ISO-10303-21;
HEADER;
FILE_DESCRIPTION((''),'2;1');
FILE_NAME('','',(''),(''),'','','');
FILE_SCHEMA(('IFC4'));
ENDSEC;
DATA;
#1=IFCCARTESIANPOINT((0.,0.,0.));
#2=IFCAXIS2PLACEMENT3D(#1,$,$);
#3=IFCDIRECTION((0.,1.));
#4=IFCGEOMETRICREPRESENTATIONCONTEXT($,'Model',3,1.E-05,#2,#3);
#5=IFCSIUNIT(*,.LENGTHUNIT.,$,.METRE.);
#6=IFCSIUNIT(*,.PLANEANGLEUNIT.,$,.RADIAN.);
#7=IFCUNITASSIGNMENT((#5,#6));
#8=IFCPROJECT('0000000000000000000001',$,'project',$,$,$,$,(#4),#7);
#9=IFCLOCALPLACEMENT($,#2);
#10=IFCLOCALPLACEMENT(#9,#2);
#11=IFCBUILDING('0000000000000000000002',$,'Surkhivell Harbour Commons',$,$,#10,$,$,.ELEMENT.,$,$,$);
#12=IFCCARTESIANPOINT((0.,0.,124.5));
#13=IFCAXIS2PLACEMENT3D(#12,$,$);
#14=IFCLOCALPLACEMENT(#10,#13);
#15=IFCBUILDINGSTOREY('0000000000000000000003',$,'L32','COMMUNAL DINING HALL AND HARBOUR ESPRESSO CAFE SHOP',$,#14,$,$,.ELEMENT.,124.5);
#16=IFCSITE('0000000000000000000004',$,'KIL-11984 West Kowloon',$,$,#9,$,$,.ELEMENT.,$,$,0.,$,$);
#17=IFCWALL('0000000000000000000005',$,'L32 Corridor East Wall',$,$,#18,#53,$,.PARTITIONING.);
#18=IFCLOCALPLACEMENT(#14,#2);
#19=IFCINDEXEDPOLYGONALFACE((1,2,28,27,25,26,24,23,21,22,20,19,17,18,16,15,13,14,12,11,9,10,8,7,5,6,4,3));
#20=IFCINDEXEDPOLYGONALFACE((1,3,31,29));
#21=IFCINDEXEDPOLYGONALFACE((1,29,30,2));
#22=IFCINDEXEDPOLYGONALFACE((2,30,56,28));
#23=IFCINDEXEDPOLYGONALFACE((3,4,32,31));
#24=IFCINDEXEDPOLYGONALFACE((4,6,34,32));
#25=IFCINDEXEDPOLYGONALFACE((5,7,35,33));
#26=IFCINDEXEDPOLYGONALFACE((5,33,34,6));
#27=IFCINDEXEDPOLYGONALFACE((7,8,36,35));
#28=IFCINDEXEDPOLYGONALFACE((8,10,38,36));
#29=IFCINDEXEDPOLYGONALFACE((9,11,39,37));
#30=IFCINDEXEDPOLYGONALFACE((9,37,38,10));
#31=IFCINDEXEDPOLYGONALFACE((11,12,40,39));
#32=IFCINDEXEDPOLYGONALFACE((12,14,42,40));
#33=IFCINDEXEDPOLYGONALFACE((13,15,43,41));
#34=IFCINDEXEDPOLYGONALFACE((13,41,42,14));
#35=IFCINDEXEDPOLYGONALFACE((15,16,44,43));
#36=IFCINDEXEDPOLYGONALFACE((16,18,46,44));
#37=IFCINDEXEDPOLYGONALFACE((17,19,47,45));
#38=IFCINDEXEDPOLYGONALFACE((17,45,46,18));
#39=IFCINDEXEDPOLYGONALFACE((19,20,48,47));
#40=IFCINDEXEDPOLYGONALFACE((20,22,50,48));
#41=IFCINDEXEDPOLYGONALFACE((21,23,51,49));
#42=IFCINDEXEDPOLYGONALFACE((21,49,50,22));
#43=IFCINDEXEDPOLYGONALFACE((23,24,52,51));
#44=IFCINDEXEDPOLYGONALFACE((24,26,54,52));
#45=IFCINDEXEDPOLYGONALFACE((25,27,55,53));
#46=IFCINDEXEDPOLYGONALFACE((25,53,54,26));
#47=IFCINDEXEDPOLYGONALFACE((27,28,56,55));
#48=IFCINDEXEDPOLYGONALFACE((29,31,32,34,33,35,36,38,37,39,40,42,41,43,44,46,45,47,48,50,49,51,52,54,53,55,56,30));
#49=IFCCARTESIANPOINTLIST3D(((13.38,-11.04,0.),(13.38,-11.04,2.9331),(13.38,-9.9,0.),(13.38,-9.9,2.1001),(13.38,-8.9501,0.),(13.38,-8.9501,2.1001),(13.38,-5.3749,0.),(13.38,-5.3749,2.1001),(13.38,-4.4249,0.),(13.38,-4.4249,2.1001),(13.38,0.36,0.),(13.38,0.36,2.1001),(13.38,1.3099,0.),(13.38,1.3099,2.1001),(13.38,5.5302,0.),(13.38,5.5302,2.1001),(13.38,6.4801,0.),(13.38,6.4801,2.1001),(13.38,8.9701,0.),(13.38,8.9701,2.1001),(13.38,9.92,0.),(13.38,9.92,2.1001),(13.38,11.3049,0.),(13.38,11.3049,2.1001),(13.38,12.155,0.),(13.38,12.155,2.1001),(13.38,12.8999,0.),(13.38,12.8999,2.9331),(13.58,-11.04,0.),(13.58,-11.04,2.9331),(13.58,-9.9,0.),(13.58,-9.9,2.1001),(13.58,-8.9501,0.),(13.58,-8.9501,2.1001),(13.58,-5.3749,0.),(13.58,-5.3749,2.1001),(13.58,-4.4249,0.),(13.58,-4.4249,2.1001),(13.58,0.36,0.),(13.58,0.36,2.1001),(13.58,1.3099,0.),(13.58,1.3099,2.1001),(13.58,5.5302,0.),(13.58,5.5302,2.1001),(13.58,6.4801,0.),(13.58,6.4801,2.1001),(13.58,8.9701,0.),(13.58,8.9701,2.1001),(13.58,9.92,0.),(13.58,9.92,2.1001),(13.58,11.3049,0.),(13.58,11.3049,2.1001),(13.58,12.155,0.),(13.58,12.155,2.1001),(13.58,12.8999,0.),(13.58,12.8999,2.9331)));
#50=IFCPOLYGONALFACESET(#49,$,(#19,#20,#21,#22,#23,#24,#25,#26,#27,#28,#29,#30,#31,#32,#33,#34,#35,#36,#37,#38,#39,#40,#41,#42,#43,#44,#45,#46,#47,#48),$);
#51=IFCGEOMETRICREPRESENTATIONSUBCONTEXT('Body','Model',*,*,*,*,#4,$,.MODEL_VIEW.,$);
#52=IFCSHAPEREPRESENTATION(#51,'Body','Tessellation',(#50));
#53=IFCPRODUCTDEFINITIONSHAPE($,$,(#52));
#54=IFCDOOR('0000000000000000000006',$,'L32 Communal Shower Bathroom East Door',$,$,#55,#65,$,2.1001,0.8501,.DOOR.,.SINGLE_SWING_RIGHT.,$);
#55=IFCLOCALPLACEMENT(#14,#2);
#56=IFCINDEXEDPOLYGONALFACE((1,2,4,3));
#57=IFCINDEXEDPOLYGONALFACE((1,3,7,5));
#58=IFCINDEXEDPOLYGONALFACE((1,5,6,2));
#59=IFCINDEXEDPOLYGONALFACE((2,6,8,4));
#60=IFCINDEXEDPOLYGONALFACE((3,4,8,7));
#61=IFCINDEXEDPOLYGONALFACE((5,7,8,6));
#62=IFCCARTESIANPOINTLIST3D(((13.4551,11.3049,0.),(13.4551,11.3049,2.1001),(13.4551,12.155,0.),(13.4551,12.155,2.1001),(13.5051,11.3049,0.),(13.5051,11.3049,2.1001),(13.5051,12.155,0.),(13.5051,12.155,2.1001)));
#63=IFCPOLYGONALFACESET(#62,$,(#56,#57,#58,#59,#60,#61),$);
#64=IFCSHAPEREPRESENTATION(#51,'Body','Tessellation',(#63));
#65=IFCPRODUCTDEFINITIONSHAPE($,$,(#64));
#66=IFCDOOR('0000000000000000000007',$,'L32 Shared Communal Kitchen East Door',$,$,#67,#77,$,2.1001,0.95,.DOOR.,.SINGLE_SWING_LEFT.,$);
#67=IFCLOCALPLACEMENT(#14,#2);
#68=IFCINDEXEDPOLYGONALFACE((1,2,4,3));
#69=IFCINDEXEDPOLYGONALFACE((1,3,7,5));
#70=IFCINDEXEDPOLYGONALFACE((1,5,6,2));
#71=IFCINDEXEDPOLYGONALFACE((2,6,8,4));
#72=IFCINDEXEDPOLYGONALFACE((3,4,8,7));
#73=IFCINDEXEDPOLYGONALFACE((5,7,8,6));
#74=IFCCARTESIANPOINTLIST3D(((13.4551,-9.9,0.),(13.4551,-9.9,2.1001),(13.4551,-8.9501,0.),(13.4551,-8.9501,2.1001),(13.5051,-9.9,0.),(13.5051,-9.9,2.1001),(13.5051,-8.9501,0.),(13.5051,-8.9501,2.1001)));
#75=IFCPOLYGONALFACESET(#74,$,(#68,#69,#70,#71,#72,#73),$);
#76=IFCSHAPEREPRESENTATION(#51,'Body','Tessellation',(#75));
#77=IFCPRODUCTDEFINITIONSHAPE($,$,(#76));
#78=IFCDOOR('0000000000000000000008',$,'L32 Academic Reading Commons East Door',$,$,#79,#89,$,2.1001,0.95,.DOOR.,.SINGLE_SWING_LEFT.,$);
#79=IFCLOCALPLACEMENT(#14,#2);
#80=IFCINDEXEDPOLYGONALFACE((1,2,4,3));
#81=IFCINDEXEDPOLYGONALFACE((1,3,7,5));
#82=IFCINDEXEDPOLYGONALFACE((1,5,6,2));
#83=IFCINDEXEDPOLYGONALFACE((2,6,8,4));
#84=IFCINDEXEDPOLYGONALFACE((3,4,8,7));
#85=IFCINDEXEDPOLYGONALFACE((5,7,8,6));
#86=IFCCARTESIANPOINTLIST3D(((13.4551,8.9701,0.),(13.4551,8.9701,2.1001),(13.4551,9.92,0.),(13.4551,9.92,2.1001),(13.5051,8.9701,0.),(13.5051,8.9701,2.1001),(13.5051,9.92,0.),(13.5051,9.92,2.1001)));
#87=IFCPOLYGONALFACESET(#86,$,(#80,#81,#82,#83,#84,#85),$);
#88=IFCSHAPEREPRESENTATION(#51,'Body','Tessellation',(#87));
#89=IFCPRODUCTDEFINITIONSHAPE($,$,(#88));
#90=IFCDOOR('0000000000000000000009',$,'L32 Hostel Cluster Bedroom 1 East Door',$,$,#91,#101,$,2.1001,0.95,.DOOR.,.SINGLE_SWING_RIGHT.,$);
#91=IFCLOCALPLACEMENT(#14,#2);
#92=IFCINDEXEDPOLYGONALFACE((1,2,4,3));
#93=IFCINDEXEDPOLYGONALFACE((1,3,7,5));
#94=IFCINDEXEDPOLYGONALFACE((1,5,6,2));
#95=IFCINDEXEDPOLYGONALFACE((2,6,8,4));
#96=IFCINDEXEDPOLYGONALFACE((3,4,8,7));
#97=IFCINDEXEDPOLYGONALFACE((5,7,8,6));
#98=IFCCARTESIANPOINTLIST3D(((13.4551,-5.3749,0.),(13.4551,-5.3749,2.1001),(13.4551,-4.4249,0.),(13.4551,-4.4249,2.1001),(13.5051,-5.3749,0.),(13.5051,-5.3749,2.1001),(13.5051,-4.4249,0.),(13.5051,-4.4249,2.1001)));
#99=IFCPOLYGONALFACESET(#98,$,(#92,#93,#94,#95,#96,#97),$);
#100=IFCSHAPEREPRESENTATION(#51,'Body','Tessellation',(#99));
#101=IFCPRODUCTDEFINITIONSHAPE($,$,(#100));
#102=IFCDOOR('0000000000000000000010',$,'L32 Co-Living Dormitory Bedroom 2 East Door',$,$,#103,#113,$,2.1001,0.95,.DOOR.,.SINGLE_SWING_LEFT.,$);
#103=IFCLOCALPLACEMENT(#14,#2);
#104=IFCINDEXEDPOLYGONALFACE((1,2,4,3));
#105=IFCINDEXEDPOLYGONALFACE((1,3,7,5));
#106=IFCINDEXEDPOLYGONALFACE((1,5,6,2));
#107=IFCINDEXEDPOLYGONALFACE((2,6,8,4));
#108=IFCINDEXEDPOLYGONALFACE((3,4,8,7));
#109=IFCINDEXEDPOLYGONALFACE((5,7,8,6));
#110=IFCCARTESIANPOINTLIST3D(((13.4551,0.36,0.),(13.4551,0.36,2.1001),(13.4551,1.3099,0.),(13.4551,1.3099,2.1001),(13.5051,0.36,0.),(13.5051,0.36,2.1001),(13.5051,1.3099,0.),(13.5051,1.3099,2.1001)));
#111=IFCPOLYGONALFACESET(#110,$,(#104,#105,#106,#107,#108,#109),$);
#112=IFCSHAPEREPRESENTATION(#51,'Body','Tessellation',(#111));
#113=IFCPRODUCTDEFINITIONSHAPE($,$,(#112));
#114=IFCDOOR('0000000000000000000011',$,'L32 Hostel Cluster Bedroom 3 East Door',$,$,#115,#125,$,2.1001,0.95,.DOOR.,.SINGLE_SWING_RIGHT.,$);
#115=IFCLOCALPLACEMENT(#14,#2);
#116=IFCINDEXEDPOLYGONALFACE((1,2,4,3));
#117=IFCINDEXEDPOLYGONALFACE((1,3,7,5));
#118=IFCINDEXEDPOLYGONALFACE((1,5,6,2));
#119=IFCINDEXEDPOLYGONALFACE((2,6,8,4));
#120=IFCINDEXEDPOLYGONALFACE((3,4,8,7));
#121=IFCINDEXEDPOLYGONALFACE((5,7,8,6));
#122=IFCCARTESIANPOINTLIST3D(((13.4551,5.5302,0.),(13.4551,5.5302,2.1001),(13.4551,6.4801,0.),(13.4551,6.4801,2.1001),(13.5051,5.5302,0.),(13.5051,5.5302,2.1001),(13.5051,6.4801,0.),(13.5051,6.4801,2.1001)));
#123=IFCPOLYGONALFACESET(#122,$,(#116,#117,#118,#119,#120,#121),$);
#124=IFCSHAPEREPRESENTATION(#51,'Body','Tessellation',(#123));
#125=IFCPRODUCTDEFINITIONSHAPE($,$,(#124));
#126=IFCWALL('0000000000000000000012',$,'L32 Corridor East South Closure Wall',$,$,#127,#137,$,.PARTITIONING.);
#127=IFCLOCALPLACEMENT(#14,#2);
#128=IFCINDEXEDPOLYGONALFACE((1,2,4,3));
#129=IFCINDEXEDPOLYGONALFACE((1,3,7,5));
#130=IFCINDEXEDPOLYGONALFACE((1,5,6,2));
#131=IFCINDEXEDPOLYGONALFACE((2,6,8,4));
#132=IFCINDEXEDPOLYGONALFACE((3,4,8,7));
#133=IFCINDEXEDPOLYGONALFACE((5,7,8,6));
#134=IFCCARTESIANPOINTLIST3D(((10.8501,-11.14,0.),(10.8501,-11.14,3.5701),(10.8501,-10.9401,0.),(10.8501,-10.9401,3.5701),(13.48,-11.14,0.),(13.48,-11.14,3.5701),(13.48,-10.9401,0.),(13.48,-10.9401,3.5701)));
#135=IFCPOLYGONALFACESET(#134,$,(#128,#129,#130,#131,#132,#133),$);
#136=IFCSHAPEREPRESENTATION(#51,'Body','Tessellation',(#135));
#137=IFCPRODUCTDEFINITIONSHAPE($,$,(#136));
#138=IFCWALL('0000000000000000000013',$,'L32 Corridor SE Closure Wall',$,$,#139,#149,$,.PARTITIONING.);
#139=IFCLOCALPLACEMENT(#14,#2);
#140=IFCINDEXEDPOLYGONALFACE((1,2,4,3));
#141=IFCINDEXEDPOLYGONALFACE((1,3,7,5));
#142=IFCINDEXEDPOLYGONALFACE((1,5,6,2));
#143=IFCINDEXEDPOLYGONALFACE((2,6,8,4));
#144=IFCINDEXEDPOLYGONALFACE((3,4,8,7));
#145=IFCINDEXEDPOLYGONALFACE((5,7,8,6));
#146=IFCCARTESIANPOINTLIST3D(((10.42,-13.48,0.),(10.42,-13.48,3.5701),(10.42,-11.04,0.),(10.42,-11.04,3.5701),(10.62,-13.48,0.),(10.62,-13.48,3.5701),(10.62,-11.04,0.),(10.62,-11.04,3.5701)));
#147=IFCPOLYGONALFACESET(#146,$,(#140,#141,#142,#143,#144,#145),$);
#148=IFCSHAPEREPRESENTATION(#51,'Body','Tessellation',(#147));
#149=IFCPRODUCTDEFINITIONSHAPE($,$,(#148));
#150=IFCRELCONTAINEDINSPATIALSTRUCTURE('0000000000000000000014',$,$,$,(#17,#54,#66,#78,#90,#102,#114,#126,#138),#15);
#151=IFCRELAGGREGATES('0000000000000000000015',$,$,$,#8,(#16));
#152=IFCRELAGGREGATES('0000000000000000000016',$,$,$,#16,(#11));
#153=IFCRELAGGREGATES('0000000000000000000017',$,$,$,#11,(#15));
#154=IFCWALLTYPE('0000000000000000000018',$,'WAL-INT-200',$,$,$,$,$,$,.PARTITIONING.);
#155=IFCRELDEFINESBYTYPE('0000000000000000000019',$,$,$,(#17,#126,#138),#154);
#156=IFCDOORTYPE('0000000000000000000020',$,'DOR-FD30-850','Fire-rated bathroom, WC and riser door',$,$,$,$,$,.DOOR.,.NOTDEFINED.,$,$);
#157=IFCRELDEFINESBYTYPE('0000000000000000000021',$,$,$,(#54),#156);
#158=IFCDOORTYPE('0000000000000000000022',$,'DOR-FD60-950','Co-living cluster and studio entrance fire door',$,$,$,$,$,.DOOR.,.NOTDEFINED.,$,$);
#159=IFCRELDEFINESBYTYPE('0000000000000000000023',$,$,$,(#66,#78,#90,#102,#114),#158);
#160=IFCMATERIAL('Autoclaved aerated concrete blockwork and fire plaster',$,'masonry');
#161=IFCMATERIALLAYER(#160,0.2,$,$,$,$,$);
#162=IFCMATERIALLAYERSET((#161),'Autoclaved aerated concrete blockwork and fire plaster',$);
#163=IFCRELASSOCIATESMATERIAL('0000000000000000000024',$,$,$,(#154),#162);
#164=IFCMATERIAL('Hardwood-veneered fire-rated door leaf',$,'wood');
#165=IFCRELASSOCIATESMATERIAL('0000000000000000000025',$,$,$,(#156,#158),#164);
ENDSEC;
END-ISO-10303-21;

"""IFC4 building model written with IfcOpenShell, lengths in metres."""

from ifc_helpers import new_model, si_unit, direction, frame, frame_2d, origin, place, context, subcontext, project, spatial, rectangle, extrude, material, layer, layer_set, type_object, element, fill, save


model = new_model("IFC4")

# Units and contexts
model_context = context("Model", 3, precision=1e-05, world=origin(), true_north=direction((0.0, 1.0)))
body_context = subcontext(model_context, "Body", "Model", "MODEL_VIEW")
ifc_project = project(units=[si_unit("LENGTHUNIT", "METRE"), si_unit("PLANEANGLEUNIT", "RADIAN")], contexts=[model_context])

# Site, building, storey
site_placement = place(None, origin())
site = spatial("IfcSite", under=ifc_project, at=site_placement, Name="KIL-11984 West Kowloon", CompositionType="ELEMENT", RefElevation=0.0)
building_placement = place(site_placement, origin())
building = spatial("IfcBuilding", under=site, at=building_placement, Name="Surkhivell Harbour Commons", CompositionType="ELEMENT")
storey_placement = place(building_placement, frame((0.0, 0.0, 124.5)))
storey = spatial("IfcBuildingStorey", under=building, at=storey_placement, Name="L32", Description="COMMUNAL DINING HALL AND HARBOUR ESPRESSO CAFE SHOP", CompositionType="ELEMENT", Elevation=124.5)

# Shared definitions
ifc_material_1 = material(Name="Autoclaved aerated concrete blockwork and fire plaster", Category="masonry")
ifc_layer_1 = layer(ifc_material_1, 0.2)
ifc_layer_set_1 = layer_set([ifc_layer_1], Name="Autoclaved aerated concrete blockwork and fire plaster")
wall_type_1 = type_object("IfcWallType", Name="WAL-INT-200", PredefinedType="PARTITIONING", material=ifc_layer_set_1)

# Wall, openings, doors
wall_1_placement = place(storey_placement, frame((13.48, -11.04, 0.0), z_axis=(0.0, 0.0, 1.0), x_axis=(0.0, 1.0, 0.0)))
wall_1 = element("IfcWall", 1, at=wall_1_placement, inside=storey, type_object=wall_type_1, Name="L32 Corridor East Wall", PredefinedType="PARTITIONING", context=body_context, shape_type="SweptSolid", body=[
    extrude(rectangle(XDim=23.9399, YDim=0.2, at=frame_2d((11.97, 0.0))), origin(), (0.0, 0.0, 1.0), 2.9331),
])
opening_1_placement = place(wall_1_placement, frame((1.1399, 0.0, 0.0)))
opening_1 = element("IfcOpeningElement", 2, at=opening_1_placement, cuts=wall_1, PredefinedType="OPENING", context=body_context, shape_type="SweptSolid", body=[
    extrude(rectangle(XDim=0.95, YDim=2.1001, at=frame_2d((0.4751, 1.05))), frame((0.0, 0.1099, 0.0), z_axis=(0.0, -1.0, 0.0), x_axis=(1.0, 0.0, 0.0)), (0.0, 0.0, 1.0), 0.22),
])
opening_2_placement = place(wall_1_placement, frame((22.345, 0.0, 0.0)))
opening_2 = element("IfcOpeningElement", 3, at=opening_2_placement, cuts=wall_1, PredefinedType="OPENING", context=body_context, shape_type="SweptSolid", body=[
    extrude(rectangle(XDim=0.8501, YDim=2.1001, at=frame_2d((0.425, 1.05))), frame((0.0, 0.1099, 0.0), z_axis=(0.0, -1.0, 0.0), x_axis=(1.0, 0.0, 0.0)), (0.0, 0.0, 1.0), 0.22),
])
opening_3_placement = place(wall_1_placement, frame((20.01, 0.0, 0.0)))
opening_3 = element("IfcOpeningElement", 4, at=opening_3_placement, cuts=wall_1, PredefinedType="OPENING", context=body_context, shape_type="SweptSolid", body=[
    extrude(rectangle(XDim=0.95, YDim=2.1001, at=frame_2d((0.4751, 1.05))), frame((0.0, 0.1099, 0.0), z_axis=(0.0, -1.0, 0.0), x_axis=(1.0, 0.0, 0.0)), (0.0, 0.0, 1.0), 0.22),
])
opening_4_placement = place(wall_1_placement, frame((5.665, 0.0, 0.0)))
opening_4 = element("IfcOpeningElement", 5, at=opening_4_placement, cuts=wall_1, PredefinedType="OPENING", context=body_context, shape_type="SweptSolid", body=[
    extrude(rectangle(XDim=0.95, YDim=2.1001, at=frame_2d((0.4751, 1.05))), frame((0.0, 0.1099, 0.0), z_axis=(0.0, -1.0, 0.0), x_axis=(1.0, 0.0, 0.0)), (0.0, 0.0, 1.0), 0.22),
])
opening_5_placement = place(wall_1_placement, frame((11.3999, 0.0, 0.0)))
opening_5 = element("IfcOpeningElement", 6, at=opening_5_placement, cuts=wall_1, PredefinedType="OPENING", context=body_context, shape_type="SweptSolid", body=[
    extrude(rectangle(XDim=0.95, YDim=2.1001, at=frame_2d((0.4751, 1.05))), frame((0.0, 0.1099, 0.0), z_axis=(0.0, -1.0, 0.0), x_axis=(1.0, 0.0, 0.0)), (0.0, 0.0, 1.0), 0.22),
])
opening_6_placement = place(wall_1_placement, frame((16.5701, 0.0, 0.0)))
opening_6 = element("IfcOpeningElement", 7, at=opening_6_placement, cuts=wall_1, PredefinedType="OPENING", context=body_context, shape_type="SweptSolid", body=[
    extrude(rectangle(XDim=0.95, YDim=2.1001, at=frame_2d((0.4751, 1.05))), frame((0.0, 0.1099, 0.0), z_axis=(0.0, -1.0, 0.0), x_axis=(1.0, 0.0, 0.0)), (0.0, 0.0, 1.0), 0.22),
])
ifc_material_2 = material(Name="Hardwood-veneered fire-rated door leaf", Category="wood")
door_type_1 = type_object("IfcDoorType", Name="DOR-FD30-850", Description="Fire-rated bathroom, WC and riser door", OperationType="NOTDEFINED", PredefinedType="DOOR", material=ifc_material_2)
door_1_placement = place(opening_2_placement, origin())
door_1 = element("IfcDoor", 8, at=door_1_placement, inside=storey, type_object=door_type_1, Name="L32 Communal Shower Bathroom East Door", OperationType="SINGLE_SWING_RIGHT", OverallHeight=2.1001, OverallWidth=0.8501, PredefinedType="DOOR", context=body_context, shape_type="SweptSolid", body=[
    extrude(rectangle(XDim=0.8501, YDim=2.1001, at=frame_2d((0.425, 1.05))), frame((0.0, 0.0249, 0.0), z_axis=(0.0, -1.0, 0.0), x_axis=(1.0, 0.0, 0.0)), (0.0, 0.0, 1.0), 0.05),
])
fill(opening_2, door_1)
door_type_2 = type_object("IfcDoorType", Name="DOR-FD60-950", Description="Co-living cluster and studio entrance fire door", OperationType="NOTDEFINED", PredefinedType="DOOR", material=ifc_material_2)
door_2_placement = place(opening_1_placement, origin())
door_2 = element("IfcDoor", 9, at=door_2_placement, inside=storey, type_object=door_type_2, Name="L32 Shared Communal Kitchen East Door", OperationType="SINGLE_SWING_LEFT", OverallHeight=2.1001, OverallWidth=0.95, PredefinedType="DOOR", context=body_context, shape_type="SweptSolid", body=[
    extrude(rectangle(XDim=0.95, YDim=2.1001, at=frame_2d((0.4751, 1.05))), frame((0.0, 0.0249, 0.0), z_axis=(0.0, -1.0, 0.0), x_axis=(1.0, 0.0, 0.0)), (0.0, 0.0, 1.0), 0.05),
])
fill(opening_1, door_2)
door_3_placement = place(opening_3_placement, origin())
door_3 = element("IfcDoor", 10, at=door_3_placement, inside=storey, type_object=door_type_2, Name="L32 Academic Reading Commons East Door", OperationType="SINGLE_SWING_LEFT", OverallHeight=2.1001, OverallWidth=0.95, PredefinedType="DOOR", context=body_context, shape_type="SweptSolid", body=[
    extrude(rectangle(XDim=0.95, YDim=2.1001, at=frame_2d((0.4751, 1.05))), frame((0.0, 0.0249, 0.0), z_axis=(0.0, -1.0, 0.0), x_axis=(1.0, 0.0, 0.0)), (0.0, 0.0, 1.0), 0.05),
])
fill(opening_3, door_3)
door_4_placement = place(opening_4_placement, origin())
door_4 = element("IfcDoor", 11, at=door_4_placement, inside=storey, type_object=door_type_2, Name="L32 Hostel Cluster Bedroom 1 East Door", OperationType="SINGLE_SWING_RIGHT", OverallHeight=2.1001, OverallWidth=0.95, PredefinedType="DOOR", context=body_context, shape_type="SweptSolid", body=[
    extrude(rectangle(XDim=0.95, YDim=2.1001, at=frame_2d((0.4751, 1.05))), frame((0.0, 0.0249, 0.0), z_axis=(0.0, -1.0, 0.0), x_axis=(1.0, 0.0, 0.0)), (0.0, 0.0, 1.0), 0.05),
])
fill(opening_4, door_4)
door_5_placement = place(opening_5_placement, origin())
door_5 = element("IfcDoor", 12, at=door_5_placement, inside=storey, type_object=door_type_2, Name="L32 Co-Living Dormitory Bedroom 2 East Door", OperationType="SINGLE_SWING_LEFT", OverallHeight=2.1001, OverallWidth=0.95, PredefinedType="DOOR", context=body_context, shape_type="SweptSolid", body=[
    extrude(rectangle(XDim=0.95, YDim=2.1001, at=frame_2d((0.4751, 1.05))), frame((0.0, 0.0249, 0.0), z_axis=(0.0, -1.0, 0.0), x_axis=(1.0, 0.0, 0.0)), (0.0, 0.0, 1.0), 0.05),
])
fill(opening_5, door_5)
door_6_placement = place(opening_6_placement, origin())
door_6 = element("IfcDoor", 13, at=door_6_placement, inside=storey, type_object=door_type_2, Name="L32 Hostel Cluster Bedroom 3 East Door", OperationType="SINGLE_SWING_RIGHT", OverallHeight=2.1001, OverallWidth=0.95, PredefinedType="DOOR", context=body_context, shape_type="SweptSolid", body=[
    extrude(rectangle(XDim=0.95, YDim=2.1001, at=frame_2d((0.4751, 1.05))), frame((0.0, 0.0249, 0.0), z_axis=(0.0, -1.0, 0.0), x_axis=(1.0, 0.0, 0.0)), (0.0, 0.0, 1.0), 0.05),
])
fill(opening_6, door_6)

# Walls
wall_2_placement = place(storey_placement, frame((10.8501, -11.04, 0.0), z_axis=(0.0, 0.0, 1.0), x_axis=(1.0, 0.0, 0.0)))
element("IfcWall", 14, at=wall_2_placement, inside=storey, type_object=wall_type_1, Name="L32 Corridor East South Closure Wall", PredefinedType="PARTITIONING", context=body_context, shape_type="SweptSolid", body=[
    extrude(rectangle(XDim=2.6299, YDim=0.2, at=frame_2d((1.3149, 0.0))), origin(), (0.0, 0.0, 1.0), 3.5701),
])
wall_3_placement = place(storey_placement, frame((10.52, -13.48, 0.0), z_axis=(0.0, 0.0, 1.0), x_axis=(0.0, 1.0, 0.0)))
element("IfcWall", 15, at=wall_3_placement, inside=storey, type_object=wall_type_1, Name="L32 Corridor SE Closure Wall", PredefinedType="PARTITIONING", context=body_context, shape_type="SweptSolid", body=[
    extrude(rectangle(XDim=2.4399, YDim=0.2, at=frame_2d((1.22, 0.0))), origin(), (0.0, 0.0, 1.0), 3.5701),
])

save(model, "model.ifc")
